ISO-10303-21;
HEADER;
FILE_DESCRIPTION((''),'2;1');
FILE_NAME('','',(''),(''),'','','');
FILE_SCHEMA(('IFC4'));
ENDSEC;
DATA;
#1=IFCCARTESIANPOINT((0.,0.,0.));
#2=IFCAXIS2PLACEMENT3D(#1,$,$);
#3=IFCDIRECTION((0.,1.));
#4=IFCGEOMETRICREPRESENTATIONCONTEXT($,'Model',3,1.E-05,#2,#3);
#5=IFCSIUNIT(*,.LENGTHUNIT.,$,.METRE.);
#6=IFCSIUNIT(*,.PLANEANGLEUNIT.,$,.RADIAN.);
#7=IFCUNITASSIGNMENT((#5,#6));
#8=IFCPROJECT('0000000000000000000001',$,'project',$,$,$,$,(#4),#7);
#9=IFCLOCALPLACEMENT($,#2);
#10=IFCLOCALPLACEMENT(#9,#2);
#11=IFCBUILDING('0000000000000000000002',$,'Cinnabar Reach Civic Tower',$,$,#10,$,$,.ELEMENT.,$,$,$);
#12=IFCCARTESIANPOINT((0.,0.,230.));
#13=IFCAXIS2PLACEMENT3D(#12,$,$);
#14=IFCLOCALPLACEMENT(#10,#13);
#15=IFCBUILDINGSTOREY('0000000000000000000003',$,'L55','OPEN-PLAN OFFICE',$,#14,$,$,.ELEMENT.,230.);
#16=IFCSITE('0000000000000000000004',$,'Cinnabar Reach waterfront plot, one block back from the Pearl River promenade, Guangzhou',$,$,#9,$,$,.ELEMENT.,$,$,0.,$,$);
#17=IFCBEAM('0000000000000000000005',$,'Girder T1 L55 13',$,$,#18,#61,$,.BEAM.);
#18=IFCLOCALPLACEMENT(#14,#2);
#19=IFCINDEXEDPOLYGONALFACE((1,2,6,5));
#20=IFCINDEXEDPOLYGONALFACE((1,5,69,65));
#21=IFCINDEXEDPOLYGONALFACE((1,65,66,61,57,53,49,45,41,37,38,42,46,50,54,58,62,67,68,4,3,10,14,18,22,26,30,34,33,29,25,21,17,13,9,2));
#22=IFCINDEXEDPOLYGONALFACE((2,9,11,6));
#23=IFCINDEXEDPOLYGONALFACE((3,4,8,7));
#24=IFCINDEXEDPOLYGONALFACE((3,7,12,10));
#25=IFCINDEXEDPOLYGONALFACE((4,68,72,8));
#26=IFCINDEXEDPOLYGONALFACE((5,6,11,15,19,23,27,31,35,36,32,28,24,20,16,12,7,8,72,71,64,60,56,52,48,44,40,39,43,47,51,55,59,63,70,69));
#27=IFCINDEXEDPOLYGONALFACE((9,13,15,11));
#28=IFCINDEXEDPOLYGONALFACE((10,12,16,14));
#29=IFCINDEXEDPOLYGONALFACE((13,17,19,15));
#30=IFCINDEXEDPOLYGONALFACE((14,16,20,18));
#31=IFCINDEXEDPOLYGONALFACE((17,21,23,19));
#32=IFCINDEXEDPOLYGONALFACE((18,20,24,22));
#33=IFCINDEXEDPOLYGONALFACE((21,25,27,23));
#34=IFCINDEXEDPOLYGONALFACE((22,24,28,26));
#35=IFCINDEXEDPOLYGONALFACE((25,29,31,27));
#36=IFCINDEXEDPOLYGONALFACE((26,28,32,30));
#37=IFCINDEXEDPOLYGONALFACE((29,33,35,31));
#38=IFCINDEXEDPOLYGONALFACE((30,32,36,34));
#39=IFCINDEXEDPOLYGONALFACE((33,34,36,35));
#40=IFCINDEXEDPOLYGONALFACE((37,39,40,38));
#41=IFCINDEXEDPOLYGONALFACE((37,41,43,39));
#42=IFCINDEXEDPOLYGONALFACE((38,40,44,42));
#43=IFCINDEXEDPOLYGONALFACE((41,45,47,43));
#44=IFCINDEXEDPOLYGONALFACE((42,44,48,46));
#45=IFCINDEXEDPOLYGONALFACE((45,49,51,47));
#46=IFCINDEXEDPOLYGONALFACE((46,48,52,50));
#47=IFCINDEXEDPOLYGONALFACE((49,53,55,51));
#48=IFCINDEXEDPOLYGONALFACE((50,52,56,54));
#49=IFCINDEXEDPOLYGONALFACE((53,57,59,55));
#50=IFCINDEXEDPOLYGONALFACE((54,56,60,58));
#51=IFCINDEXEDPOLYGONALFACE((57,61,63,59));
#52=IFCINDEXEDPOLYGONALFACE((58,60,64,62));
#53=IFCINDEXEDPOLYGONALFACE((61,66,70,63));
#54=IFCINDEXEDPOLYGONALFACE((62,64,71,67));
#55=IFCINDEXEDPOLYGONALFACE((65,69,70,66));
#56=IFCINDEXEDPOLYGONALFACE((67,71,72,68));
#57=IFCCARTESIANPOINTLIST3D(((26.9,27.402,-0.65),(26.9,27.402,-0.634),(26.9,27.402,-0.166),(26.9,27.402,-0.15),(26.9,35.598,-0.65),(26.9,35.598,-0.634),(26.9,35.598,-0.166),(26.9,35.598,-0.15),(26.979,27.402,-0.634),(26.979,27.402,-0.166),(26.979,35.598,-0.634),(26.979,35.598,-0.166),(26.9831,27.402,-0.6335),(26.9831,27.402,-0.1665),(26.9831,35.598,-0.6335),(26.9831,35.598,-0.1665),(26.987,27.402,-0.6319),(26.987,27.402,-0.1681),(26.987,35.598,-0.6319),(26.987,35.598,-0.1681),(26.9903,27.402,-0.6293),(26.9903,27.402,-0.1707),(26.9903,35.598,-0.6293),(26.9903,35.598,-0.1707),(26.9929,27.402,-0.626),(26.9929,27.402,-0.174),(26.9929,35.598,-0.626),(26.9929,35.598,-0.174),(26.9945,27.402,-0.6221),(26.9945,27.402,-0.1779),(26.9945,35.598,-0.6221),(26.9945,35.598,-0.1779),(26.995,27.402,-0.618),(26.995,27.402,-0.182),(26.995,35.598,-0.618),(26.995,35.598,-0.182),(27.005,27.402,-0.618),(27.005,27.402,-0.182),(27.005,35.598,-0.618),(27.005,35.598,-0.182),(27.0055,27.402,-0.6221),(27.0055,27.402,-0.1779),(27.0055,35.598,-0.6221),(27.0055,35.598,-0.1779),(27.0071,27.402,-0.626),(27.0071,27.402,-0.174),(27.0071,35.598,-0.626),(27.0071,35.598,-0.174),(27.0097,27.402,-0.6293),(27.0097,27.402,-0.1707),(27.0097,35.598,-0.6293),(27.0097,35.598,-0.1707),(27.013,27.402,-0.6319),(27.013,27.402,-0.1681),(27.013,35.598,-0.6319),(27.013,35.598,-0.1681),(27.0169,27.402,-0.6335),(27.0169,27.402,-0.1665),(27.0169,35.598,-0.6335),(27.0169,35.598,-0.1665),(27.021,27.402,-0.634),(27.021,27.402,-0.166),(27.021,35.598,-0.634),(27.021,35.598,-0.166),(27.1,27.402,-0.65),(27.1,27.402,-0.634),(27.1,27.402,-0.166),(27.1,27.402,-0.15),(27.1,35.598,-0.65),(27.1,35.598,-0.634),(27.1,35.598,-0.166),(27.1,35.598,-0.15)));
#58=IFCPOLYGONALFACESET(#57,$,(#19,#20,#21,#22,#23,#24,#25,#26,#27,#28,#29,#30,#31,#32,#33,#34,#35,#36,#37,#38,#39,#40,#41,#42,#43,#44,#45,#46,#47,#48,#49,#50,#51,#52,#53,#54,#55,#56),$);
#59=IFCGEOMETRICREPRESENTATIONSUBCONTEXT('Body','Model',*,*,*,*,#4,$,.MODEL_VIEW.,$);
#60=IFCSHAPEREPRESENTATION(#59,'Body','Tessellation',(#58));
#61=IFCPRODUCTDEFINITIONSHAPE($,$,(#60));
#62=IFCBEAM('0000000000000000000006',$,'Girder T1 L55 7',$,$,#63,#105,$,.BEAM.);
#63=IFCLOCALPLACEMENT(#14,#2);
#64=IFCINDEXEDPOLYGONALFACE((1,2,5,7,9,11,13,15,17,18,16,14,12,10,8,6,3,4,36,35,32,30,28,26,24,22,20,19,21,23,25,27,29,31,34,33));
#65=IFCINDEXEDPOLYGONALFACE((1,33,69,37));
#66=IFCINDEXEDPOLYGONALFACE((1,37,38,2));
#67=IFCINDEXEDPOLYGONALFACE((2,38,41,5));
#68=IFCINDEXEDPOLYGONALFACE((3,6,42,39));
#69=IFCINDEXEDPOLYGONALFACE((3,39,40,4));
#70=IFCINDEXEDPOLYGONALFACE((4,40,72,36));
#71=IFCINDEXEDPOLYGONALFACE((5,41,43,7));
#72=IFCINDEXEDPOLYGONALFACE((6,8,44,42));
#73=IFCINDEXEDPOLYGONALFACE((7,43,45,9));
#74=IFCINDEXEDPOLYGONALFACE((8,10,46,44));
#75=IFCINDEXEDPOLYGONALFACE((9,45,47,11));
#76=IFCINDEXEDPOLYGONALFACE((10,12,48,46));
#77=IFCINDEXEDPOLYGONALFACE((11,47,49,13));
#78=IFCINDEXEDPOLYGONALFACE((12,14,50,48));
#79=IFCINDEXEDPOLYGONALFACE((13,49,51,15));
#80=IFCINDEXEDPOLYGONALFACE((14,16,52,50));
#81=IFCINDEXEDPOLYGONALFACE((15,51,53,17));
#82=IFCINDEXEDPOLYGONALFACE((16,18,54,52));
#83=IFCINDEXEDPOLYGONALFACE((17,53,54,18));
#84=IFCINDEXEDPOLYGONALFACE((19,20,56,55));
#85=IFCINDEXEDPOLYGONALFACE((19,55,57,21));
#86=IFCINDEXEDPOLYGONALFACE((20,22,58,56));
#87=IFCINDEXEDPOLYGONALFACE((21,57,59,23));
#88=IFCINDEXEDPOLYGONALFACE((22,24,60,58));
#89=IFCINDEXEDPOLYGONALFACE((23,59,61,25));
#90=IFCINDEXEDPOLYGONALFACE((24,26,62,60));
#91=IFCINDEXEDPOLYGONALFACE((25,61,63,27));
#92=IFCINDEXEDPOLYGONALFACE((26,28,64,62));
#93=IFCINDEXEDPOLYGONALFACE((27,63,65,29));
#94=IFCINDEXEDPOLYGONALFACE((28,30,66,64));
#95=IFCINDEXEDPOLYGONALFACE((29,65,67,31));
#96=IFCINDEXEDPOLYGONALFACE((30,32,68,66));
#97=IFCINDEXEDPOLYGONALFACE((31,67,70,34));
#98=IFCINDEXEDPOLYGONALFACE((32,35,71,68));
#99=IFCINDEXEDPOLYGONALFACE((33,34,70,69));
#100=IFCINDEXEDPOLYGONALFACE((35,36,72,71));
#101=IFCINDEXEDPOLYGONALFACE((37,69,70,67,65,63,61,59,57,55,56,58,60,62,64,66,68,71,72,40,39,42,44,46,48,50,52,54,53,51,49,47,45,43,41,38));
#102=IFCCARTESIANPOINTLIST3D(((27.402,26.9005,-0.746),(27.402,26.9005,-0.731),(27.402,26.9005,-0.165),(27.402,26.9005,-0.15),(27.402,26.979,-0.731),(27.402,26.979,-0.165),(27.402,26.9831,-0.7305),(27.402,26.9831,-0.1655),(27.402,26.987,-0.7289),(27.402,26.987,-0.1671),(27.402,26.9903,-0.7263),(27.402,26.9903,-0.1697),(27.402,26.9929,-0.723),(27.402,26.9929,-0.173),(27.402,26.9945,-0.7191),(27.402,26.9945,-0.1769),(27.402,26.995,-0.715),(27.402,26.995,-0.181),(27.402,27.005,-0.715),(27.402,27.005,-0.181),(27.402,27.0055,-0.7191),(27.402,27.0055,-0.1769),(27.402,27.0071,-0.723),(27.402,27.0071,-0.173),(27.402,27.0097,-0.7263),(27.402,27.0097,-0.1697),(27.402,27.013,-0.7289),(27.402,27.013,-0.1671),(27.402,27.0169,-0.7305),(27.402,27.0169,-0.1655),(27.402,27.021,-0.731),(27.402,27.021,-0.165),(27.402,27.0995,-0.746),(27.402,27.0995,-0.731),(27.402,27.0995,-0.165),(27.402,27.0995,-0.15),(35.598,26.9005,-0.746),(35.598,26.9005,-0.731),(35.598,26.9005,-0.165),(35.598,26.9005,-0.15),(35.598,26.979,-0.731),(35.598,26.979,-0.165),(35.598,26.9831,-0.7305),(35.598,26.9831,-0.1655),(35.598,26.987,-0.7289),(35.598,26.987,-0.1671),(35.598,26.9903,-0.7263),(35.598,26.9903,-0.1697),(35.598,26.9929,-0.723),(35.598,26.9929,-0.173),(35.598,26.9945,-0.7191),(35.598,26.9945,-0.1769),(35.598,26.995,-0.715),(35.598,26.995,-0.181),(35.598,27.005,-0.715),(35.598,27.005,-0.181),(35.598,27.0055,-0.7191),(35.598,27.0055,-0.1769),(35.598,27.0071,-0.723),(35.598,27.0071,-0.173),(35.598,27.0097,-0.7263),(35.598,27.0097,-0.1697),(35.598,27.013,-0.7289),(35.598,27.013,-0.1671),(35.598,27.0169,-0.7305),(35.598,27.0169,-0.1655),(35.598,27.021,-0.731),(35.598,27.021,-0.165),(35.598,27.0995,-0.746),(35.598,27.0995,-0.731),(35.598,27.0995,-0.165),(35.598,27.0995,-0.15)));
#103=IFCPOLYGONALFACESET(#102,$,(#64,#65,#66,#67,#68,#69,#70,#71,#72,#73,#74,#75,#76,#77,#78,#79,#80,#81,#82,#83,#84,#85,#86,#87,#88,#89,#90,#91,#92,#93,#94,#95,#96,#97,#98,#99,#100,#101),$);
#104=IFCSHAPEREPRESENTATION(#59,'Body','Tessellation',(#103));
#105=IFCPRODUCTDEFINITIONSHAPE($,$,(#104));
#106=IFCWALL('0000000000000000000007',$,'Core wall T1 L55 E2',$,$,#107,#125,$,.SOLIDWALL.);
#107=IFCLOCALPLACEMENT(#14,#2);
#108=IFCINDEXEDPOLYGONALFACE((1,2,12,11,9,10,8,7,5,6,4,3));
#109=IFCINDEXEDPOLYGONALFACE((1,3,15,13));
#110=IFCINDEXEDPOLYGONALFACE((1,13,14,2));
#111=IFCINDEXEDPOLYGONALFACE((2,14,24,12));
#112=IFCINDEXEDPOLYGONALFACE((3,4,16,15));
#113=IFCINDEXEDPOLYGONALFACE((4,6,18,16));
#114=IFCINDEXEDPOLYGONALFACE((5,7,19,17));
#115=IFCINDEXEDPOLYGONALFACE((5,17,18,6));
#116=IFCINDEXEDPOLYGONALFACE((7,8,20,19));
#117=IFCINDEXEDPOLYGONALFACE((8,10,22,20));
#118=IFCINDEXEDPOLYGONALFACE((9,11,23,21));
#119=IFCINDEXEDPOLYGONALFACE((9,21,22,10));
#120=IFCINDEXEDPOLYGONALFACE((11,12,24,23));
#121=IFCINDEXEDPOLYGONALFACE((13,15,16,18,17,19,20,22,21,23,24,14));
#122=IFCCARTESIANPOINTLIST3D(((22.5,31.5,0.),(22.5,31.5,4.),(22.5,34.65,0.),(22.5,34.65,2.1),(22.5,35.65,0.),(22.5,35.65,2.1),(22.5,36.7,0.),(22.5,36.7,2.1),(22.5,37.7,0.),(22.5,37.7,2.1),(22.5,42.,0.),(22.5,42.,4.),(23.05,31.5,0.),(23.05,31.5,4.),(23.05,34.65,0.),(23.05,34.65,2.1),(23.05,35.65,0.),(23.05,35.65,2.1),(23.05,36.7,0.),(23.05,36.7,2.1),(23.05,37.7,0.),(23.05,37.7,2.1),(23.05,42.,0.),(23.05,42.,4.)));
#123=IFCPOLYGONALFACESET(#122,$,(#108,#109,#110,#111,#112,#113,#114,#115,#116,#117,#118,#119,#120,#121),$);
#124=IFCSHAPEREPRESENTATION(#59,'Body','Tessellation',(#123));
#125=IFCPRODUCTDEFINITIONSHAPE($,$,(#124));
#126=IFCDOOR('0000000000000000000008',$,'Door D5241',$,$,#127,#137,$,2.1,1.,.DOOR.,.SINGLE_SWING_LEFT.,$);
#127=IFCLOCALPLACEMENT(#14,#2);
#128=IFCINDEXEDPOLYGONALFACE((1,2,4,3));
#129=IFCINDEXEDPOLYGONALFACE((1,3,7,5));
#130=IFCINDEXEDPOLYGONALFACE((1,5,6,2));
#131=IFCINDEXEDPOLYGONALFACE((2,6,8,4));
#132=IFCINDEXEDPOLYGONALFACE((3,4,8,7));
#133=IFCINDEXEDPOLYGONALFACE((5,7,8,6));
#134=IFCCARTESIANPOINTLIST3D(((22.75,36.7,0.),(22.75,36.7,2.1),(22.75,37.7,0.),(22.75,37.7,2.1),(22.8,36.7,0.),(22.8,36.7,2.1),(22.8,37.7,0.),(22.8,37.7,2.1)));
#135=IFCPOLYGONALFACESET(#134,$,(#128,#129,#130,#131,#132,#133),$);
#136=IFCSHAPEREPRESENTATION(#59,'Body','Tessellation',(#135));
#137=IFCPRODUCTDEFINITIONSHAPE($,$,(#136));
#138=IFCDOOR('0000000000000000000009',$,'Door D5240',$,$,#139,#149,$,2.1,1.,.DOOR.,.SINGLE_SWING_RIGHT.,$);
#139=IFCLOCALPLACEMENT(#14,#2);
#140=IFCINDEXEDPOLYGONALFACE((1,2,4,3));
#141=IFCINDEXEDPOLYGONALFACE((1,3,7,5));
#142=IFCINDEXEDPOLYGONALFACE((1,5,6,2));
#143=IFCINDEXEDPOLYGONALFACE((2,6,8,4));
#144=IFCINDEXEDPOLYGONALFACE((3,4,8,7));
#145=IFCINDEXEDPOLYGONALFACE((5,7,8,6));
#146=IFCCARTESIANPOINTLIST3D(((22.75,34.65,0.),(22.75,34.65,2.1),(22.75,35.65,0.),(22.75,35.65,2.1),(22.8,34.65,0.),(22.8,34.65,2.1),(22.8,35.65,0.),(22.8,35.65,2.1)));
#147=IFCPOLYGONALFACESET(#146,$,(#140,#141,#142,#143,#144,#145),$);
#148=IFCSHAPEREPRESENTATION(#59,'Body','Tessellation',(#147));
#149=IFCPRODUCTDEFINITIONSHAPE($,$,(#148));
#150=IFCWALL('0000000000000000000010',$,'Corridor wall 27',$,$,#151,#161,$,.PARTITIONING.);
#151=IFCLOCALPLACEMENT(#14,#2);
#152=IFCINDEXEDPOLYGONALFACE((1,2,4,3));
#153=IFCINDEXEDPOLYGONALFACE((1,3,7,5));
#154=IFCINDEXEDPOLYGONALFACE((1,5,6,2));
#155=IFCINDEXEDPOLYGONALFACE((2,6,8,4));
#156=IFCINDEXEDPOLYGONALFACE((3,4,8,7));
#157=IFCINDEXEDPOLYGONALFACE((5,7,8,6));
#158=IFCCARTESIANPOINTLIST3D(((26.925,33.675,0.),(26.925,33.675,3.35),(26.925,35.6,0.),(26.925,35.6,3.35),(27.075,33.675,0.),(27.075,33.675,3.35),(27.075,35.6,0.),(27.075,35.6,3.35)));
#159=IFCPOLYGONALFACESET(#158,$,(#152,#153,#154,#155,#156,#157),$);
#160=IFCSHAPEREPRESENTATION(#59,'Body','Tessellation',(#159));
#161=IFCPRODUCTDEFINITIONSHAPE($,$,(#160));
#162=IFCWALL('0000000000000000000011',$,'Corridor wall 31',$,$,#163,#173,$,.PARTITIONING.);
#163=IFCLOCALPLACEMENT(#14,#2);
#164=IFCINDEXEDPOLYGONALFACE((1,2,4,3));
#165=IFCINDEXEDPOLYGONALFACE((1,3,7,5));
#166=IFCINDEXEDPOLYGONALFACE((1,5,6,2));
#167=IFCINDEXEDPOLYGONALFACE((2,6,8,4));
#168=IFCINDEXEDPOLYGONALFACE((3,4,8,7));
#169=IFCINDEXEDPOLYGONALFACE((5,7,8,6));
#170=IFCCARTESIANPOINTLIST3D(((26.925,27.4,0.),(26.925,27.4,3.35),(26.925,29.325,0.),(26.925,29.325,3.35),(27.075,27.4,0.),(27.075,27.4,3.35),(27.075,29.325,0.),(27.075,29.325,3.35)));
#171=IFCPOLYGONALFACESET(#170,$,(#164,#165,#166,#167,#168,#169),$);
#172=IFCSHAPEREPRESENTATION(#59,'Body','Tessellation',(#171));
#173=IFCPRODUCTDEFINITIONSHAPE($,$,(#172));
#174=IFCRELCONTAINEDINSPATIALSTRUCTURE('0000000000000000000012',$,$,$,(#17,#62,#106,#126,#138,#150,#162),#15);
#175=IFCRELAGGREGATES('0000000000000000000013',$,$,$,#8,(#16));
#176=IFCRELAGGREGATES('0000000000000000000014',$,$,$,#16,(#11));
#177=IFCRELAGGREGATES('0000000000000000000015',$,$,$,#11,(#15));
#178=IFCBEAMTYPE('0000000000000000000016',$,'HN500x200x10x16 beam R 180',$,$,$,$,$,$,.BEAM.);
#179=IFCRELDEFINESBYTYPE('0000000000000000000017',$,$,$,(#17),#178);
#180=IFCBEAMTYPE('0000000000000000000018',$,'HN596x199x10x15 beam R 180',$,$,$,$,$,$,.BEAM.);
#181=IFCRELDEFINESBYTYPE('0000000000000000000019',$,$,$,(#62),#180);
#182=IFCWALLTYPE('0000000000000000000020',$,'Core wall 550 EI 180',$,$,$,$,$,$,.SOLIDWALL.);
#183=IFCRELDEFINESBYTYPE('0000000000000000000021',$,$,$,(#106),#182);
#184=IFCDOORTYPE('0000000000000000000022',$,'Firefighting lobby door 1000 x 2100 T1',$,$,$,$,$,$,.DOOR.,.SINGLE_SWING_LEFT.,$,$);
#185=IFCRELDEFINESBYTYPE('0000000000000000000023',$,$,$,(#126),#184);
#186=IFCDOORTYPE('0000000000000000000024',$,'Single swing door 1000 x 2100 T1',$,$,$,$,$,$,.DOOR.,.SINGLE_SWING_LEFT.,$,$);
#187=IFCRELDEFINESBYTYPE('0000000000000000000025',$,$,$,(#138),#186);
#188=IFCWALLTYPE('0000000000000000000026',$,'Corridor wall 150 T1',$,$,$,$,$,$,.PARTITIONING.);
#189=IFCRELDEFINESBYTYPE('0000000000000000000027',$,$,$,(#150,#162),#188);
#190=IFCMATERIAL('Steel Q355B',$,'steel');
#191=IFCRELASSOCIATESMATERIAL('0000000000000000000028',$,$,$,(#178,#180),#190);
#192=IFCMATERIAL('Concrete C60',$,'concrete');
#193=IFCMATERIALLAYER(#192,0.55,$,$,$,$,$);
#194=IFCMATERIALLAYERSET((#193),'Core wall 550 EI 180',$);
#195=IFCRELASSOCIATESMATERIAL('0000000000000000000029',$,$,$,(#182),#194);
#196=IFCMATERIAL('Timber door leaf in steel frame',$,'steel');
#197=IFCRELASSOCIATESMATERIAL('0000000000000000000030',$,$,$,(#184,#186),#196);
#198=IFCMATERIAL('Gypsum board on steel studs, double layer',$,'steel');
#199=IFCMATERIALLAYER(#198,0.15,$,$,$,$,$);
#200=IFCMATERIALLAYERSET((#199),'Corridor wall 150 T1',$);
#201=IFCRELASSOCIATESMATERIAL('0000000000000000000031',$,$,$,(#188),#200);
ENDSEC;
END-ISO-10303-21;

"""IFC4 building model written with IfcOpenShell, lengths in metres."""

from ifc_helpers import new_model, si_unit, direction, frame, frame_2d, origin, origin_2d, place, context, subcontext, project, spatial, rectangle, i_section, extrude, material, layer, layer_set, material_profile, profile_set, type_object, element, fill, save


model = new_model("IFC4")

# Units and contexts
model_context = context("Model", 3, precision=1e-05, world=origin(), true_north=direction((0.0, 1.0)))
body_context = subcontext(model_context, "Body", "Model", "MODEL_VIEW")
ifc_project = project(units=[si_unit("LENGTHUNIT", "METRE"), si_unit("PLANEANGLEUNIT", "RADIAN")], contexts=[model_context])

# Site, building, storey
site_placement = place(None, origin())
site = spatial("IfcSite", under=ifc_project, at=site_placement, Name="Cinnabar Reach waterfront plot, one block back from the Pearl River promenade, Guangzhou", CompositionType="ELEMENT", RefElevation=0.0)
building_placement = place(site_placement, origin())
building = spatial("IfcBuilding", under=site, at=building_placement, Name="Cinnabar Reach Civic Tower", CompositionType="ELEMENT")
storey_placement = place(building_placement, frame((0.0, 0.0, 230.0)))
storey = spatial("IfcBuildingStorey", under=building, at=storey_placement, Name="L55", Description="OPEN-PLAN OFFICE", CompositionType="ELEMENT", Elevation=230.0)

# Shared definitions
ifc_material_1 = material(Name="Concrete C60", Category="concrete")

# Beams
ifc_material_2 = material(Name="Steel Q355B", Category="steel")
ifc_material_profile_1 = material_profile(ifc_material_2, i_section(OverallWidth=0.2, OverallDepth=0.5, WebThickness=0.01, FlangeThickness=0.016, FilletRadius=0.016, at=origin_2d()), Name="HN500x200x10x16")
ifc_profile_set_1 = profile_set([ifc_material_profile_1], Name="Steel Q355B")
beam_type_1 = type_object("IfcBeamType", Name="HN500x200x10x16 beam R 180", PredefinedType="BEAM", material=ifc_profile_set_1)
beam_1_placement = place(storey_placement, frame((27.0, 27.402, -0.4), z_axis=(0.0, 1.0, 0.0), x_axis=(-1.0, 0.0, 0.0)))
element("IfcBeam", 1, at=beam_1_placement, inside=storey, type_object=beam_type_1, Name="Girder T1 L55 13", PredefinedType="BEAM", context=body_context, shape_type="SweptSolid", body=[
    extrude(i_section(OverallWidth=0.2, OverallDepth=0.5, WebThickness=0.01, FlangeThickness=0.016, FilletRadius=0.016, at=origin_2d()), origin(), (0.0, 0.0, 1.0), 8.196),
])
ifc_material_profile_2 = material_profile(ifc_material_2, i_section(OverallWidth=0.199, OverallDepth=0.596, WebThickness=0.01, FlangeThickness=0.015, FilletRadius=0.016, at=origin_2d()), Name="HN596x199x10x15")
ifc_profile_set_2 = profile_set([ifc_material_profile_2], Name="Steel Q355B")
beam_type_2 = type_object("IfcBeamType", Name="HN596x199x10x15 beam R 180", PredefinedType="BEAM", material=ifc_profile_set_2)
beam_2_placement = place(storey_placement, frame((27.402, 27.0, -0.448), z_axis=(1.0, 0.0, 0.0), x_axis=(0.0, 1.0, 0.0)))
element("IfcBeam", 2, at=beam_2_placement, inside=storey, type_object=beam_type_2, Name="Girder T1 L55 7", PredefinedType="BEAM", context=body_context, shape_type="SweptSolid", body=[
    extrude(i_section(OverallWidth=0.199, OverallDepth=0.596, WebThickness=0.01, FlangeThickness=0.015, FilletRadius=0.016, at=origin_2d()), origin(), (0.0, 0.0, 1.0), 8.196),
])

# Wall, openings, doors
ifc_layer_1 = layer(ifc_material_1, 0.55)
ifc_layer_set_1 = layer_set([ifc_layer_1], Name="Core wall 550 EI 180")
wall_type_1 = type_object("IfcWallType", Name="Core wall 550 EI 180", PredefinedType="SOLIDWALL", material=ifc_layer_set_1)
wall_1_placement = place(storey_placement, frame((22.775, 31.5, 0.0), z_axis=(0.0, 0.0, 1.0), x_axis=(0.0, 1.0, 0.0)))
wall_1 = element("IfcWall", 3, at=wall_1_placement, inside=storey, type_object=wall_type_1, Name="Core wall T1 L55 E2", PredefinedType="SOLIDWALL", context=body_context, shape_type="SweptSolid", body=[
    extrude(rectangle(XDim=10.5, YDim=0.55, at=frame_2d((5.25, 0.0))), origin(), (0.0, 0.0, 1.0), 4.0),
])
opening_1_placement = place(wall_1_placement, frame((3.15, 0.0, 0.0)))
opening_1 = element("IfcOpeningElement", 4, at=opening_1_placement, cuts=wall_1, PredefinedType="OPENING", context=body_context, shape_type="SweptSolid", body=[
    extrude(rectangle(XDim=1.0, YDim=2.1, at=frame_2d((0.5, 1.05))), frame((0.0, 0.285, 0.0), z_axis=(0.0, -1.0, 0.0), x_axis=(1.0, 0.0, 0.0)), (0.0, 0.0, 1.0), 0.57),
])
opening_2_placement = place(wall_1_placement, frame((5.2, 0.0, 0.0)))
opening_2 = element("IfcOpeningElement", 5, at=opening_2_placement, cuts=wall_1, PredefinedType="OPENING", context=body_context, shape_type="SweptSolid", body=[
    extrude(rectangle(XDim=1.0, YDim=2.1, at=frame_2d((0.5, 1.05))), frame((0.0, 0.285, 0.0), z_axis=(0.0, -1.0, 0.0), x_axis=(1.0, 0.0, 0.0)), (0.0, 0.0, 1.0), 0.57),
])
ifc_material_3 = material(Name="Timber door leaf in steel frame", Category="steel")
door_type_1 = type_object("IfcDoorType", Name="Firefighting lobby door 1000 x 2100 T1", OperationType="SINGLE_SWING_LEFT", PredefinedType="DOOR", material=ifc_material_3)
door_1_placement = place(opening_2_placement, origin())
door_1 = element("IfcDoor", 6, at=door_1_placement, inside=storey, type_object=door_type_1, Name="Door D5241", OperationType="SINGLE_SWING_LEFT", OverallHeight=2.1, OverallWidth=1.0, PredefinedType="DOOR", context=body_context, shape_type="SweptSolid", body=[
    extrude(rectangle(XDim=1.0, YDim=2.1, at=frame_2d((0.5, 1.05))), frame((0.0, 0.025, 0.0), z_axis=(0.0, -1.0, 0.0), x_axis=(1.0, 0.0, 0.0)), (0.0, 0.0, 1.0), 0.05),
])
fill(opening_2, door_1)
door_type_2 = type_object("IfcDoorType", Name="Single swing door 1000 x 2100 T1", OperationType="SINGLE_SWING_LEFT", PredefinedType="DOOR", material=ifc_material_3)
door_2_placement = place(opening_1_placement, origin())
door_2 = element("IfcDoor", 7, at=door_2_placement, inside=storey, type_object=door_type_2, Name="Door D5240", OperationType="SINGLE_SWING_RIGHT", OverallHeight=2.1, OverallWidth=1.0, PredefinedType="DOOR", context=body_context, shape_type="SweptSolid", body=[
    extrude(rectangle(XDim=1.0, YDim=2.1, at=frame_2d((0.5, 1.05))), frame((0.0, 0.025, 0.0), z_axis=(0.0, -1.0, 0.0), x_axis=(1.0, 0.0, 0.0)), (0.0, 0.0, 1.0), 0.05),
])
fill(opening_1, door_2)

# Walls
ifc_material_4 = material(Name="Gypsum board on steel studs, double layer", Category="steel")
ifc_layer_2 = layer(ifc_material_4, 0.15)
ifc_layer_set_2 = layer_set([ifc_layer_2], Name="Corridor wall 150 T1")
wall_type_2 = type_object("IfcWallType", Name="Corridor wall 150 T1", PredefinedType="PARTITIONING", material=ifc_layer_set_2)
for number, where, z_axis, x_axis, name in (
    (8, (27.0, 33.675, 0.0), (0.0, 0.0, 1.0), (0.0, 1.0, 0.0), "Corridor wall 27"),
    (9, (27.0, 27.4, 0.0), (0.0, 0.0, 1.0), (0.0, 1.0, 0.0), "Corridor wall 31"),
):
    element("IfcWall", number, at=place(storey_placement, frame(where, z_axis=z_axis, x_axis=x_axis)), inside=storey, type_object=wall_type_2, Name=name, PredefinedType="PARTITIONING", context=body_context, shape_type="SweptSolid", body=[
        extrude(rectangle(XDim=1.925, YDim=0.15, at=frame_2d((0.9625, 0.0))), origin(), (0.0, 0.0, 1.0), 3.35),
    ])

save(model, "model.ifc")
